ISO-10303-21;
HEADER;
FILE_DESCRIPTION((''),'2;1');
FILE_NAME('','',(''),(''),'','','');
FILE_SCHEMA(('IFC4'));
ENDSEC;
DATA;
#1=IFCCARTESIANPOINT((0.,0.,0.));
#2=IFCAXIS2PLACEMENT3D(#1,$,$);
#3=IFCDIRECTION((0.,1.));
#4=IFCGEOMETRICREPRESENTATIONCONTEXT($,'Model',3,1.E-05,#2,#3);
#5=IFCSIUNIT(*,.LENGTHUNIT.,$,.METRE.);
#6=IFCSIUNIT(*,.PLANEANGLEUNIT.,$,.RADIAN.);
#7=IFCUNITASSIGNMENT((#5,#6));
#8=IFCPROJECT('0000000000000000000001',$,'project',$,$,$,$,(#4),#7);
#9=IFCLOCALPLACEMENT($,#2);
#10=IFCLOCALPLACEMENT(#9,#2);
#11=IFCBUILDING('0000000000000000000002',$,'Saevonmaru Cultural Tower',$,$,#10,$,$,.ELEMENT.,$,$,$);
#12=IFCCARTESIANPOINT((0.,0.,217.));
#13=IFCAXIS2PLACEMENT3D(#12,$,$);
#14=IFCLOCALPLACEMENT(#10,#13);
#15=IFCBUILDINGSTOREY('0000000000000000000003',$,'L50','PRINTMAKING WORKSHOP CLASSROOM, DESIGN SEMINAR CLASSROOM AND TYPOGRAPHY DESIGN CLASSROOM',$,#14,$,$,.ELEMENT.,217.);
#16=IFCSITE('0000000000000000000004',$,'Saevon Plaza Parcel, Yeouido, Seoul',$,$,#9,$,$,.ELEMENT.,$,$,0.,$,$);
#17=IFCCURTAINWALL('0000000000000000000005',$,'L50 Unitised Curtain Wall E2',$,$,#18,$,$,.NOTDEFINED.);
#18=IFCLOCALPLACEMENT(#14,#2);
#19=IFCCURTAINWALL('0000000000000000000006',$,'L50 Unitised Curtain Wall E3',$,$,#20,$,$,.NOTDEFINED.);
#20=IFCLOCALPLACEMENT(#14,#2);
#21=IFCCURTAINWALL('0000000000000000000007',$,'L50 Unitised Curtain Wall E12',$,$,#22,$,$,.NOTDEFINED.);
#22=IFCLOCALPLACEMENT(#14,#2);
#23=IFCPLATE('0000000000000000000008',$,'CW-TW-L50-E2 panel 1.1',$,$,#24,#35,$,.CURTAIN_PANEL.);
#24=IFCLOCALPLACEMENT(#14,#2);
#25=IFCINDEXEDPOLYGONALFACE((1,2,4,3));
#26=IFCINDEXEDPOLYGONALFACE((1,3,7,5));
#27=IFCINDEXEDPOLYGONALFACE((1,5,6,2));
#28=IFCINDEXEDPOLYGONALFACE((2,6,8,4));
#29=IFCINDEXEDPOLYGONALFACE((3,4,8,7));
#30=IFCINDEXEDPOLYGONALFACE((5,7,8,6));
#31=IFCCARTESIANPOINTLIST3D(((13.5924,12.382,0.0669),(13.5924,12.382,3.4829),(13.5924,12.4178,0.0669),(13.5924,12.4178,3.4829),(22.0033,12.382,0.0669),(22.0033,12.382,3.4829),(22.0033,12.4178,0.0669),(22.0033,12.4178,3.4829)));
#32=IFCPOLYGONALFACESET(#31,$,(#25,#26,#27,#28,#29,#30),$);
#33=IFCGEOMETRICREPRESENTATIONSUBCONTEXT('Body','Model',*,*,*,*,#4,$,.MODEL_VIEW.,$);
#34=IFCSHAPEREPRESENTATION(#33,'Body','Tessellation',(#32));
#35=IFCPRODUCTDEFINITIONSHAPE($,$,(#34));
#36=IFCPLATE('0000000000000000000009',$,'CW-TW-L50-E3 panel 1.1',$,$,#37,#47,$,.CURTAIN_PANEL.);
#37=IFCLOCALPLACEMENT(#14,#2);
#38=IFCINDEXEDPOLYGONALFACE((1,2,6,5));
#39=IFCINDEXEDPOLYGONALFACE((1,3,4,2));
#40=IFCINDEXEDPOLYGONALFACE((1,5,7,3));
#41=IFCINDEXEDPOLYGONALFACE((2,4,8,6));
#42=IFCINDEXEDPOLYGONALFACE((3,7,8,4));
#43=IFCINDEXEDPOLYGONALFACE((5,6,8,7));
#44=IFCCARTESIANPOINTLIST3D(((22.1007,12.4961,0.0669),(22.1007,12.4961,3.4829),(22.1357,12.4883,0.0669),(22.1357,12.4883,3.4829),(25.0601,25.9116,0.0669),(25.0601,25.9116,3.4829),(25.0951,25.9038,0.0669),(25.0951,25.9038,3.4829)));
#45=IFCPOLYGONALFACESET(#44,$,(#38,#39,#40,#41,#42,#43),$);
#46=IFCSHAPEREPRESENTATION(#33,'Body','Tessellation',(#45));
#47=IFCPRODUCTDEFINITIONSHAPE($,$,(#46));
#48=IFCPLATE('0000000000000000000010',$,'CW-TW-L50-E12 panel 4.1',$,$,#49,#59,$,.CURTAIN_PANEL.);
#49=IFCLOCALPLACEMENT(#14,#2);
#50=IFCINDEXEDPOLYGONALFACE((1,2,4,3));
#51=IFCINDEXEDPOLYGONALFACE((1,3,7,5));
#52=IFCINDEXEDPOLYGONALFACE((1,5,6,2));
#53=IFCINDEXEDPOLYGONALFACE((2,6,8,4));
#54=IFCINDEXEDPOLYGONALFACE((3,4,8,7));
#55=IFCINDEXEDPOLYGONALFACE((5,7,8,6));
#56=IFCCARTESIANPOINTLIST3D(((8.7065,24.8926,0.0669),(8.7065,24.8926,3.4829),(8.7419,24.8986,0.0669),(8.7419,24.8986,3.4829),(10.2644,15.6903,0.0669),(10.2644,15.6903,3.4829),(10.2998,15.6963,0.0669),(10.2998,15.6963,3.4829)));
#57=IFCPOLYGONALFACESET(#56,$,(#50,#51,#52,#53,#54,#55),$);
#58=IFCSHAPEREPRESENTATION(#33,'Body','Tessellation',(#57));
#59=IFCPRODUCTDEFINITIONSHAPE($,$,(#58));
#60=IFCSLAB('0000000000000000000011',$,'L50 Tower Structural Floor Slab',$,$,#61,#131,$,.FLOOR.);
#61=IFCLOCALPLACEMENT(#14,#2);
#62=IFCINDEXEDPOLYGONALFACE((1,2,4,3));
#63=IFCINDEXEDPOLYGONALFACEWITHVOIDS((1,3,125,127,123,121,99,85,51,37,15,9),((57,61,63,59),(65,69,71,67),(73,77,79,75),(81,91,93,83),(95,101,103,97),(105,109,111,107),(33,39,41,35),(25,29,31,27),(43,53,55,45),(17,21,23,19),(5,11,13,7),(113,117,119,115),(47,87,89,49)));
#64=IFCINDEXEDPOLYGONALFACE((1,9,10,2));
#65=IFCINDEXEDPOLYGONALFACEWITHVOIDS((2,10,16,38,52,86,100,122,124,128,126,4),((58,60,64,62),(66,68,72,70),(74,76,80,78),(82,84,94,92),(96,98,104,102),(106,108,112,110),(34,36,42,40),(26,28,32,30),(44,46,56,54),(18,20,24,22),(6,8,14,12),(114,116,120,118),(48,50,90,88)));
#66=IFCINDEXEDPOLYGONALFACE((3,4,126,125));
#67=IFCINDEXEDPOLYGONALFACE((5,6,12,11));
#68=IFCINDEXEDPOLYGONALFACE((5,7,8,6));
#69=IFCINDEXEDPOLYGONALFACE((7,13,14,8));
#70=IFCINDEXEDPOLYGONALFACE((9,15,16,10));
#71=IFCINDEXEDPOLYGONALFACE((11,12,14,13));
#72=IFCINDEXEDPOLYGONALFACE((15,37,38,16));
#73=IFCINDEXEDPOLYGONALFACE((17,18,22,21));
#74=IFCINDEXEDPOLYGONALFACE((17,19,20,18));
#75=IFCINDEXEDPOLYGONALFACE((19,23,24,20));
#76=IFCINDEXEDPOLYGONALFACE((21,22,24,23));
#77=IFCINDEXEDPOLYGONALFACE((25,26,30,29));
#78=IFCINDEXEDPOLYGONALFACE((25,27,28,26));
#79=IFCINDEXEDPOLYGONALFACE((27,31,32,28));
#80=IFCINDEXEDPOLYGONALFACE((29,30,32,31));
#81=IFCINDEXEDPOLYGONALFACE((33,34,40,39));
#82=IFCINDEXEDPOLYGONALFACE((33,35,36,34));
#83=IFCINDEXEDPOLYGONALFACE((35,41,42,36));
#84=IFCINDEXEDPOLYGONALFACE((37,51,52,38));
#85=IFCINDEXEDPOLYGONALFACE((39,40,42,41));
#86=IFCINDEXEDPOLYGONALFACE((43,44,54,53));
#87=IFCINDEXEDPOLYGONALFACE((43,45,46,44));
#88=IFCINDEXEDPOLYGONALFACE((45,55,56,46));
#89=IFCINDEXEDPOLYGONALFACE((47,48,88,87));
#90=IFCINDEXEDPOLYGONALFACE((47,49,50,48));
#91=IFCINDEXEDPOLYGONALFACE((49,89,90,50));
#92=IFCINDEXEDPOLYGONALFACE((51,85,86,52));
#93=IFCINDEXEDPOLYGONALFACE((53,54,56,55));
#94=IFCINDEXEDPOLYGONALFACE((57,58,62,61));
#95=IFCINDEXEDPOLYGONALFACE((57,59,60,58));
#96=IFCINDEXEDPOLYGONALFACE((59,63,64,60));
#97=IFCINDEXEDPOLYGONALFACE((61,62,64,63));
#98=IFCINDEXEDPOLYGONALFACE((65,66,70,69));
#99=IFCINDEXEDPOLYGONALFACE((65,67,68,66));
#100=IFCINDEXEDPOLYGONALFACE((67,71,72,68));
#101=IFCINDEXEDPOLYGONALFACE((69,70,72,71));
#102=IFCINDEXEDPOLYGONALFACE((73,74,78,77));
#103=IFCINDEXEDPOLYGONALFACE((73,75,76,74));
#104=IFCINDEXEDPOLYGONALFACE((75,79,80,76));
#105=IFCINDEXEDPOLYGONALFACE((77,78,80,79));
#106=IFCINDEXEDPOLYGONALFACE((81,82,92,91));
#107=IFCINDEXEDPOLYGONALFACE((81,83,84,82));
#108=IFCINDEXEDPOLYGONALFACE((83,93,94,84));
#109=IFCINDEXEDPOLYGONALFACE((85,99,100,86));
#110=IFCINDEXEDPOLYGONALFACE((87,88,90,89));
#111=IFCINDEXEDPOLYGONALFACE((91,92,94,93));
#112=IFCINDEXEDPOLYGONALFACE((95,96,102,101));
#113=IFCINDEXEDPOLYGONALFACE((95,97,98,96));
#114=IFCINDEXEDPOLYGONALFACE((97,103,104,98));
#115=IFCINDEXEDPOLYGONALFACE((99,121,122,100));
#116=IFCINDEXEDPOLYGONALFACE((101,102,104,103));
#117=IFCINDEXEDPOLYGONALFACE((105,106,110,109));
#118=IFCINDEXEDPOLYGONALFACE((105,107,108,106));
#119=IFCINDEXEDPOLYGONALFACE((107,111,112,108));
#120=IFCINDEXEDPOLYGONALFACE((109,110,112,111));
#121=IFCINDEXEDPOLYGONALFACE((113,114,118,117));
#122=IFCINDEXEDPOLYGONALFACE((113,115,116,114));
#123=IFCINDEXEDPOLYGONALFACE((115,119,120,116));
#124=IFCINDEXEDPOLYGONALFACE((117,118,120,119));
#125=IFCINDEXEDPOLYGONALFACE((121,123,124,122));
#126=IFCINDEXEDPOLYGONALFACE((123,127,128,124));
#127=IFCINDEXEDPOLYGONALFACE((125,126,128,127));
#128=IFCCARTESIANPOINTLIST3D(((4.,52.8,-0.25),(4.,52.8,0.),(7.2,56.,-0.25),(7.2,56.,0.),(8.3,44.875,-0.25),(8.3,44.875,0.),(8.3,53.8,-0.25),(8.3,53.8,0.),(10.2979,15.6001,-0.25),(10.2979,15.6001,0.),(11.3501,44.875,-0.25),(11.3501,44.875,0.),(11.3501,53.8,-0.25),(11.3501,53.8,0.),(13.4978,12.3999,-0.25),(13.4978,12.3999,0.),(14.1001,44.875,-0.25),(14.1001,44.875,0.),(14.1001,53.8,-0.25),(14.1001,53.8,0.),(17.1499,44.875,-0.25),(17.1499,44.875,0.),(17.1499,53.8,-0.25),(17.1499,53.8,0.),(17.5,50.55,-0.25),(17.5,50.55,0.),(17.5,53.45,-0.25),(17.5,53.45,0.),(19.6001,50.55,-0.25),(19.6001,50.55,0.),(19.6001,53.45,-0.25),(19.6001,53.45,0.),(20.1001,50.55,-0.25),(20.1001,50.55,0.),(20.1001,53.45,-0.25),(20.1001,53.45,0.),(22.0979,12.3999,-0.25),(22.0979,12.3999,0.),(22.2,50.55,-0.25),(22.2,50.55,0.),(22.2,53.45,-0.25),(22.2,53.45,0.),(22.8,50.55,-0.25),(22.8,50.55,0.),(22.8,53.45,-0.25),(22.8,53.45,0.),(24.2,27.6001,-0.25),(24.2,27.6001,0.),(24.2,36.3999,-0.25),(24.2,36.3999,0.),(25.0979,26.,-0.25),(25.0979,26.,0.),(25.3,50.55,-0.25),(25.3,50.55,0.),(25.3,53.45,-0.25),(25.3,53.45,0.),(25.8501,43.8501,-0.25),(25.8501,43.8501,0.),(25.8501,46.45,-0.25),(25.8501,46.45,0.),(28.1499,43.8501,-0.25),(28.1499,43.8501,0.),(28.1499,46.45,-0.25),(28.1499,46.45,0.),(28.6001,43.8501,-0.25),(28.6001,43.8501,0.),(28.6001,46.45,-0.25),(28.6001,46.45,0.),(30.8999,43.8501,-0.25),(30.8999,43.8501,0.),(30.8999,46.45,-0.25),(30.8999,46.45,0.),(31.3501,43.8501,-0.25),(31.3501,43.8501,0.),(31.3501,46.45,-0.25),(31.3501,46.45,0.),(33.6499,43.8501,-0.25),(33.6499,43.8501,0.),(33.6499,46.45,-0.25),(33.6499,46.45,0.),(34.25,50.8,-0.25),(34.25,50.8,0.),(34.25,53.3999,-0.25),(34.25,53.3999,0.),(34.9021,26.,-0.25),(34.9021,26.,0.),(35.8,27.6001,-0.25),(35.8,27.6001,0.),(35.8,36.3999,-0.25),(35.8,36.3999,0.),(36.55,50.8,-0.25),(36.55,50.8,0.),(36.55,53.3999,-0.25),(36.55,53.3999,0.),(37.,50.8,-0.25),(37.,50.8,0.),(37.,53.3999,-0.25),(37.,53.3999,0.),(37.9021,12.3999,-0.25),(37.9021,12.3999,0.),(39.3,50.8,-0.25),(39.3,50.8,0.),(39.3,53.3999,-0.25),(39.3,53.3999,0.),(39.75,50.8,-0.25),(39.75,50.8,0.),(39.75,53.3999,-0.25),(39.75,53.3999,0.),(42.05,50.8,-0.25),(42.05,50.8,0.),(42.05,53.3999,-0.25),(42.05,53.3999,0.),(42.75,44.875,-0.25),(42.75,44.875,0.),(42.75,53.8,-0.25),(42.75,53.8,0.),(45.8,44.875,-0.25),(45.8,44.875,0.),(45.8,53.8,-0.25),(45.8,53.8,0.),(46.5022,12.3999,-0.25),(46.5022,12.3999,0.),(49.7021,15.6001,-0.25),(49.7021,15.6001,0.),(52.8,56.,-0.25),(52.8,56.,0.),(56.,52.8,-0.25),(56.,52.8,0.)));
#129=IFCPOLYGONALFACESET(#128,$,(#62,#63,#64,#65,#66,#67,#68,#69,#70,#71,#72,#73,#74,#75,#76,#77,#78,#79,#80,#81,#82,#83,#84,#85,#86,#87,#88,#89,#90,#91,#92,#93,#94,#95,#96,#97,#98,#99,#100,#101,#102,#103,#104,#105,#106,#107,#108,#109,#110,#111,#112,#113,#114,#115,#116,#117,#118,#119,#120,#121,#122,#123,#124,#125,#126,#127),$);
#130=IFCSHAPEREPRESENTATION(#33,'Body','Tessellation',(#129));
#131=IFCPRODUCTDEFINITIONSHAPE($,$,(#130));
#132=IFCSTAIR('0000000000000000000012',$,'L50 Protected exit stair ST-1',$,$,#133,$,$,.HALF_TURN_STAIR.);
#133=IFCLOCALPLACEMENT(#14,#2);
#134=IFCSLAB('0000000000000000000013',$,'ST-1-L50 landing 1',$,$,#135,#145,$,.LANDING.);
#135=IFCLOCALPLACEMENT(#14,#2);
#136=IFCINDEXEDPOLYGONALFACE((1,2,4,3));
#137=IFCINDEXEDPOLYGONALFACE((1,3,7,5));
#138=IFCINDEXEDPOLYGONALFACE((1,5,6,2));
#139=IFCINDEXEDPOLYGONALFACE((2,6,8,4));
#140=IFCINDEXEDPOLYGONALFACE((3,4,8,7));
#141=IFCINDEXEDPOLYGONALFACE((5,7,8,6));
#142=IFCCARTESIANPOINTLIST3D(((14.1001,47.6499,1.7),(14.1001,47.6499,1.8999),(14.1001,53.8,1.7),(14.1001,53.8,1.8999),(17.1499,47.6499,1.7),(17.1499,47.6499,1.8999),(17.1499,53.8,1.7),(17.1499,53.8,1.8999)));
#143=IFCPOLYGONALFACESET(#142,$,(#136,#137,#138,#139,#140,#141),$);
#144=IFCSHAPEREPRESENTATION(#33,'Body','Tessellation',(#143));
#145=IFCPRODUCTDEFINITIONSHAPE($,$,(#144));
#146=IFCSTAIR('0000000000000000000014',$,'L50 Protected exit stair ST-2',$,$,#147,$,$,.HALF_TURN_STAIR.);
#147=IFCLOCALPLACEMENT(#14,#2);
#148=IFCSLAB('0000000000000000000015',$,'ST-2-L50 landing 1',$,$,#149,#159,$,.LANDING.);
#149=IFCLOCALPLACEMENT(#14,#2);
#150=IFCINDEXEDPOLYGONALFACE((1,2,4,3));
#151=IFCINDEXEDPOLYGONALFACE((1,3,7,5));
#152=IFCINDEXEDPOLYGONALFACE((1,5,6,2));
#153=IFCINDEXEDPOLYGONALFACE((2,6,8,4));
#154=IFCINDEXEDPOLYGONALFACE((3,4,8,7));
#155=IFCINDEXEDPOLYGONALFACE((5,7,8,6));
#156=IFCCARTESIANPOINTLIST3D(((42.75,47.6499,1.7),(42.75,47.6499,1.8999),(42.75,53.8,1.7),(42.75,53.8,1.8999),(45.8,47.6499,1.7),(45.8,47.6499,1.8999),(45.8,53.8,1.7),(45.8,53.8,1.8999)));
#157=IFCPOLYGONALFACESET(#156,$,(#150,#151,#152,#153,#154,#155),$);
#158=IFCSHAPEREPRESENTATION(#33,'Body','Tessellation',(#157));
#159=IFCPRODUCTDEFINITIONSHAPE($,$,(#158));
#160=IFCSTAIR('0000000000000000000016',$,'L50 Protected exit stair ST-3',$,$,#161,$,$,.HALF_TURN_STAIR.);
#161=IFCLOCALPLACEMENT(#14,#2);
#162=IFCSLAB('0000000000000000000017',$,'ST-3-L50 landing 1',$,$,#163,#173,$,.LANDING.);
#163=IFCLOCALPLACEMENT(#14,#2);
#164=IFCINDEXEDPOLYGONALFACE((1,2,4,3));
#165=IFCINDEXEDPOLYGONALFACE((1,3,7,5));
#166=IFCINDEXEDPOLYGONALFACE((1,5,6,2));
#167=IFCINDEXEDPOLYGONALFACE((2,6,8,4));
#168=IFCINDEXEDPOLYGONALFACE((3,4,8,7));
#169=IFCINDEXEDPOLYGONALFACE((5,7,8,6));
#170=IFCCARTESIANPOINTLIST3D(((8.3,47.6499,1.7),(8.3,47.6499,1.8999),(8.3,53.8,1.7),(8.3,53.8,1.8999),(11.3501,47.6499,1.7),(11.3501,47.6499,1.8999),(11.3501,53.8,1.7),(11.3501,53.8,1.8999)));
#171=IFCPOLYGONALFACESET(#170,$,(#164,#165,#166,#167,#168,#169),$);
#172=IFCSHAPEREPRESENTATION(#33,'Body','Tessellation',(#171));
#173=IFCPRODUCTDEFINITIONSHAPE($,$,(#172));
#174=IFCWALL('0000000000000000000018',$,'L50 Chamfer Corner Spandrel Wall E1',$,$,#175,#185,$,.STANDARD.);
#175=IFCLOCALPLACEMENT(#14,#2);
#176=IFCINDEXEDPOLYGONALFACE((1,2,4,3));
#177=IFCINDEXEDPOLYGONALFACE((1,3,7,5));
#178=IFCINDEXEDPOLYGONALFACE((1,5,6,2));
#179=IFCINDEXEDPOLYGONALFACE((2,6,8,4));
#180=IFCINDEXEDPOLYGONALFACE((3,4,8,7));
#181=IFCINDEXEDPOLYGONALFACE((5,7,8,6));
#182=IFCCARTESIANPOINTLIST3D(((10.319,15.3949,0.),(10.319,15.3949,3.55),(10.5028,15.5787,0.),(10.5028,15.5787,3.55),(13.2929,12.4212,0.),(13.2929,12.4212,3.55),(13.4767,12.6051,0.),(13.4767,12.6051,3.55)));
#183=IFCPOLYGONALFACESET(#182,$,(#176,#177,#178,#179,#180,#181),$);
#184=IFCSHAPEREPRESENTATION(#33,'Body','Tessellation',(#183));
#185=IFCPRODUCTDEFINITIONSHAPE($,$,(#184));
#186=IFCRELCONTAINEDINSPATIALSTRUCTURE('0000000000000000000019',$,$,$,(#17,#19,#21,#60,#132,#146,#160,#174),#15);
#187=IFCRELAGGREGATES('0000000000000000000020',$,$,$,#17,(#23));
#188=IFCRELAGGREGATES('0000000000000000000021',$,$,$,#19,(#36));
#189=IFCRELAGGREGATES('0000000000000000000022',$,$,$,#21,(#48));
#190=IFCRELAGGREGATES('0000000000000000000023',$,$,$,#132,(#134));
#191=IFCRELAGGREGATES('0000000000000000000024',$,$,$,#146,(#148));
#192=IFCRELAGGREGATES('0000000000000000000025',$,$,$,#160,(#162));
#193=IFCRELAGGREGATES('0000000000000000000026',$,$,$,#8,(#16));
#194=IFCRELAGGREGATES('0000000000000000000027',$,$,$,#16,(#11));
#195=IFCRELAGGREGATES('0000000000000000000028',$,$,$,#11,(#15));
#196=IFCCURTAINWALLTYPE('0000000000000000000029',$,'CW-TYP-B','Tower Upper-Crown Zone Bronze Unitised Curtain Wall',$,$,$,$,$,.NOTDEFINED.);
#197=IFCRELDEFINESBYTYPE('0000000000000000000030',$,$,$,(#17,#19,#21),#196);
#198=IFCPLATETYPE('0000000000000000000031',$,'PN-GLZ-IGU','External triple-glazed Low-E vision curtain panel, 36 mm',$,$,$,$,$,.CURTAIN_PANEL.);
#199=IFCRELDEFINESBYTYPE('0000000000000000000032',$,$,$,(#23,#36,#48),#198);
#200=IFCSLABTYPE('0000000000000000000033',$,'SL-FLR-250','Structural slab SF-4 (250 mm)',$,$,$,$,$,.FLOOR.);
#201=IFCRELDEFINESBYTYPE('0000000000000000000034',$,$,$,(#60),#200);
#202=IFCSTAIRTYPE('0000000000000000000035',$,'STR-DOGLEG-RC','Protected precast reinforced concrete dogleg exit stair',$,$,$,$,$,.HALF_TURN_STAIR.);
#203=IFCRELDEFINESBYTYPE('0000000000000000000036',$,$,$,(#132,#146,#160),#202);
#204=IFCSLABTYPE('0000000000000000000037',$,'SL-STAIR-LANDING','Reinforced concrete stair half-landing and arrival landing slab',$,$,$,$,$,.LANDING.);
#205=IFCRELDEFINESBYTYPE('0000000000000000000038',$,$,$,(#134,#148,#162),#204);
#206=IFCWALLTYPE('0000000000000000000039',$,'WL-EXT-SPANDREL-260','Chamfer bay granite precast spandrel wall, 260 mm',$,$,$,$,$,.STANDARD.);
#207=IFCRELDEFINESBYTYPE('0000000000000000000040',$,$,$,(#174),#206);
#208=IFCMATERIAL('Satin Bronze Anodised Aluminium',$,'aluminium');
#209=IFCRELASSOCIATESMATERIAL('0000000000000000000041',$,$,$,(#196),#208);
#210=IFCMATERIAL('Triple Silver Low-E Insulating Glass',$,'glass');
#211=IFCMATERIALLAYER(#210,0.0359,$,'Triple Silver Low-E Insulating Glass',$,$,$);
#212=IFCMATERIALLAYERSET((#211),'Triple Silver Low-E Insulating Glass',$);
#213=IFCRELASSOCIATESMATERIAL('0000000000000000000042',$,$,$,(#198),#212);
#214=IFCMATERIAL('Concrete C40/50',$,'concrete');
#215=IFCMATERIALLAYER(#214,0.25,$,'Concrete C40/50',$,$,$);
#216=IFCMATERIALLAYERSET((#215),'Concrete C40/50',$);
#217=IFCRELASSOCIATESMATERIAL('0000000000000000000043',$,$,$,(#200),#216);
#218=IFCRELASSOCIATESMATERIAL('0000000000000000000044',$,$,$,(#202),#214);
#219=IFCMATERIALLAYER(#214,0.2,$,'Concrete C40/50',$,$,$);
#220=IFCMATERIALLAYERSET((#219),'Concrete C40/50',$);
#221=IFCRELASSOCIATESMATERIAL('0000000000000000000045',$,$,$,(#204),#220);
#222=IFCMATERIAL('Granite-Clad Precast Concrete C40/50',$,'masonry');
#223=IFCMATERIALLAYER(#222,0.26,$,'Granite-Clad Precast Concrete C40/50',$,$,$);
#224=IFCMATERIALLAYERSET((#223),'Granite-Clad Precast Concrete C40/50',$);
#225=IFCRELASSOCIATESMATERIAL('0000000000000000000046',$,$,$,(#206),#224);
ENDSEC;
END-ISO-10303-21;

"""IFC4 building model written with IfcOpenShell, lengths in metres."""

from ifc_helpers import new_model, si_unit, direction, frame, frame_2d, origin, origin_2d, place, context, subcontext, project, spatial, polyline, rectangle, outline, extrude, material, layer, layer_set, type_object, element, aggregate, save


model = new_model("IFC4")

# Units and contexts
model_context = context("Model", 3, precision=1e-05, world=origin(), true_north=direction((0.0, 1.0)))
body_context = subcontext(model_context, "Body", "Model", "MODEL_VIEW")
ifc_project = project(units=[si_unit("LENGTHUNIT", "METRE"), si_unit("PLANEANGLEUNIT", "RADIAN")], contexts=[model_context])

# Site, building, storey
site_placement = place(None, origin())
site = spatial("IfcSite", under=ifc_project, at=site_placement, Name="Saevon Plaza Parcel, Yeouido, Seoul", CompositionType="ELEMENT", RefElevation=0.0)
building_placement = place(site_placement, origin())
building = spatial("IfcBuilding", under=site, at=building_placement, Name="Saevonmaru Cultural Tower", CompositionType="ELEMENT")
storey_placement = place(building_placement, frame((0.0, 0.0, 217.0)))
storey = spatial("IfcBuildingStorey", under=building, at=storey_placement, Name="L50", Description="PRINTMAKING WORKSHOP CLASSROOM, DESIGN SEMINAR CLASSROOM AND TYPOGRAPHY DESIGN CLASSROOM", CompositionType="ELEMENT", Elevation=217.0)

# Curtain wall
ifc_material_1 = material(Name="Satin Bronze Anodised Aluminium", Category="aluminium")
curtain_wall_type = type_object("IfcCurtainWallType", Name="CW-TYP-B", Description="Tower Upper-Crown Zone Bronze Unitised Curtain Wall", PredefinedType="NOTDEFINED", material=ifc_material_1)
curtain_wall_1_placement = place(storey_placement, origin())
curtain_wall_1 = element("IfcCurtainWall", 1, at=curtain_wall_1_placement, inside=storey, type_object=curtain_wall_type, Name="L50 Unitised Curtain Wall E2", PredefinedType="NOTDEFINED")

# Curtain walls
curtain_wall_2_placement = place(storey_placement, origin())
curtain_wall_2 = element("IfcCurtainWall", 2, at=curtain_wall_2_placement, inside=storey, type_object=curtain_wall_type, Name="L50 Unitised Curtain Wall E3", PredefinedType="NOTDEFINED")
curtain_wall_3_placement = place(storey_placement, origin())
curtain_wall_3 = element("IfcCurtainWall", 3, at=curtain_wall_3_placement, inside=storey, type_object=curtain_wall_type, Name="L50 Unitised Curtain Wall E12", PredefinedType="NOTDEFINED")

# Plates
ifc_material_2 = material(Name="Triple Silver Low-E Insulating Glass", Category="glass")
ifc_layer_1 = layer(ifc_material_2, 0.0359, Name="Triple Silver Low-E Insulating Glass")
ifc_layer_set_1 = layer_set([ifc_layer_1], Name="Triple Silver Low-E Insulating Glass")
plate_type = type_object("IfcPlateType", Name="PN-GLZ-IGU", Description="External triple-glazed Low-E vision curtain panel, 36 mm", PredefinedType="CURTAIN_PANEL", material=ifc_layer_set_1)
plate_1_placement = place(storey_placement, frame((17.7979, 12.3999, 0.0669), z_axis=(0.0, 0.0, 1.0), x_axis=(1.0, 0.0, 0.0)))
plate_1 = element("IfcPlate", 4, at=plate_1_placement, type_object=plate_type, Name="CW-TW-L50-E2 panel 1.1", PredefinedType="CURTAIN_PANEL", context=body_context, shape_type="SweptSolid", body=[
    extrude(rectangle(XDim=8.4109, YDim=0.0359, at=origin_2d()), origin(), (0.0, 0.0, 1.0), 3.416),
])
aggregate(curtain_wall_1, [plate_1])
plate_2_placement = place(storey_placement, frame((23.5979, 19.2, 0.0669), z_axis=(0.0, 0.0, 1.0), x_axis=(0.215413, 0.976523, 0.0)))
plate_2 = element("IfcPlate", 5, at=plate_2_placement, type_object=plate_type, Name="CW-TW-L50-E3 panel 1.1", PredefinedType="CURTAIN_PANEL", context=body_context, shape_type="SweptSolid", body=[
    extrude(rectangle(XDim=13.738, YDim=0.0359, at=origin_2d()), origin(), (0.0, 0.0, 1.0), 3.416),
])
aggregate(curtain_wall_2, [plate_2])
plate_3_placement = place(storey_placement, frame((9.5032, 20.2944, 0.0669), z_axis=(0.0, 0.0, 1.0), x_axis=(0.166922, -0.98597, 0.0)))
plate_3 = element("IfcPlate", 6, at=plate_3_placement, type_object=plate_type, Name="CW-TW-L50-E12 panel 4.1", PredefinedType="CURTAIN_PANEL", context=body_context, shape_type="SweptSolid", body=[
    extrude(rectangle(XDim=9.3333, YDim=0.0359, at=origin_2d()), origin(), (0.0, 0.0, 1.0), 3.416),
])
aggregate(curtain_wall_3, [plate_3])

# Slab
ifc_material_3 = material(Name="Concrete C40/50", Category="concrete")
ifc_layer_2 = layer(ifc_material_3, 0.25, Name="Concrete C40/50")
ifc_layer_set_2 = layer_set([ifc_layer_2], Name="Concrete C40/50")
slab_type_1 = type_object("IfcSlabType", Name="SL-FLR-250", Description="Structural slab SF-4 (250 mm)", PredefinedType="FLOOR", material=ifc_layer_set_2)
slab_1_placement = place(storey_placement, frame((0.0, 0.0, -0.25)))
element("IfcSlab", 7, at=slab_1_placement, inside=storey, type_object=slab_type_1, Name="L50 Tower Structural Floor Slab", PredefinedType="FLOOR", context=body_context, shape_type="SweptSolid", body=[
    extrude(outline(polyline([(10.2979, 15.6001), (13.4978, 12.3999), (22.0979, 12.3999), (25.0979, 26.0), (34.9021, 26.0), (37.9021, 12.3999), (46.5022, 12.3999), (49.7021, 15.6001), (56.0, 52.8), (52.8, 56.0), (7.2, 56.0), (4.0, 52.8), (10.2979, 15.6001)]), holes=[polyline([(45.8, 44.875), (42.75, 44.875), (42.75, 53.8), (45.8, 53.8), (45.8, 44.875)]), polyline([(39.75, 50.8), (39.75, 53.3999), (42.05, 53.3999), (42.05, 50.8), (39.75, 50.8)]), polyline([(37.0, 50.8), (37.0, 53.3999), (39.3, 53.3999), (39.3, 50.8), (37.0, 50.8)]), polyline([(34.25, 50.8), (34.25, 53.3999), (36.55, 53.3999), (36.55, 50.8), (34.25, 50.8)]), polyline([(24.2, 27.6001), (24.2, 36.3999), (35.8, 36.3999), (35.8, 27.6001), (24.2, 27.6001)]), polyline([(31.3501, 43.8501), (31.3501, 46.45), (33.6499, 46.45), (33.6499, 43.8501), (31.3501, 43.8501)]), polyline([(28.6001, 43.8501), (28.6001, 46.45), (30.8999, 46.45), (30.8999, 43.8501), (28.6001, 43.8501)]), polyline([(28.1499, 43.8501), (25.8501, 43.8501), (25.8501, 46.45), (28.1499, 46.45), (28.1499, 43.8501)]), polyline([(25.3, 50.55), (22.8, 50.55), (22.8, 53.45), (25.3, 53.45), (25.3, 50.55)]), polyline([(20.1001, 50.55), (20.1001, 53.45), (22.2, 53.45), (22.2, 50.55), (20.1001, 50.55)]), polyline([(17.5, 50.55), (17.5, 53.45), (19.6001, 53.45), (19.6001, 50.55), (17.5, 50.55)]), polyline([(17.1499, 53.8), (17.1499, 44.875), (14.1001, 44.875), (14.1001, 53.8), (17.1499, 53.8)]), polyline([(11.3501, 44.875), (8.3, 44.875), (8.3, 53.8), (11.3501, 53.8), (11.3501, 44.875)])]), origin(), (0.0, 0.0, 1.0), 0.25),
])

# Stairs, slabs
stair_type = type_object("IfcStairType", Name="STR-DOGLEG-RC", Description="Protected precast reinforced concrete dogleg exit stair", PredefinedType="HALF_TURN_STAIR", material=ifc_material_3)
stair_1_placement = place(storey_placement, origin())
stair_1 = element("IfcStair", 8, at=stair_1_placement, inside=storey, type_object=stair_type, Name="L50 Protected exit stair ST-1", PredefinedType="HALF_TURN_STAIR")
ifc_layer_3 = layer(ifc_material_3, 0.2, Name="Concrete C40/50")
ifc_layer_set_3 = layer_set([ifc_layer_3], Name="Concrete C40/50")
slab_type_2 = type_object("IfcSlabType", Name="SL-STAIR-LANDING", Description="Reinforced concrete stair half-landing and arrival landing slab", PredefinedType="LANDING", material=ifc_layer_set_3)
slab_2_placement = place(storey_placement, frame((0.0, 0.0, 1.7)))
slab_2 = element("IfcSlab", 9, at=slab_2_placement, type_object=slab_type_2, Name="ST-1-L50 landing 1", PredefinedType="LANDING", context=body_context, shape_type="SweptSolid", body=[
    extrude(outline(polyline([(17.1499, 47.6499), (17.1499, 53.8), (14.1001, 53.8), (14.1001, 47.6499), (17.1499, 47.6499)])), origin(), (0.0, 0.0, 1.0), 0.2),
])
aggregate(stair_1, [slab_2])
stair_2_placement = place(storey_placement, origin())
stair_2 = element("IfcStair", 10, at=stair_2_placement, inside=storey, type_object=stair_type, Name="L50 Protected exit stair ST-2", PredefinedType="HALF_TURN_STAIR")
slab_3_placement = place(storey_placement, frame((0.0, 0.0, 1.7)))
slab_3 = element("IfcSlab", 11, at=slab_3_placement, type_object=slab_type_2, Name="ST-2-L50 landing 1", PredefinedType="LANDING", context=body_context, shape_type="SweptSolid", body=[
    extrude(outline(polyline([(45.8, 47.6499), (45.8, 53.8), (42.75, 53.8), (42.75, 47.6499), (45.8, 47.6499)])), origin(), (0.0, 0.0, 1.0), 0.2),
])
aggregate(stair_2, [slab_3])
stair_3_placement = place(storey_placement, origin())
stair_3 = element("IfcStair", 12, at=stair_3_placement, inside=storey, type_object=stair_type, Name="L50 Protected exit stair ST-3", PredefinedType="HALF_TURN_STAIR")
slab_4_placement = place(storey_placement, frame((0.0, 0.0, 1.7)))
slab_4 = element("IfcSlab", 13, at=slab_4_placement, type_object=slab_type_2, Name="ST-3-L50 landing 1", PredefinedType="LANDING", context=body_context, shape_type="SweptSolid", body=[
    extrude(outline(polyline([(11.3501, 47.6499), (11.3501, 53.8), (8.3, 53.8), (8.3, 47.6499), (11.3501, 47.6499)])), origin(), (0.0, 0.0, 1.0), 0.2),
])
aggregate(stair_3, [slab_4])

# Wall
ifc_material_4 = material(Name="Granite-Clad Precast Concrete C40/50", Category="masonry")
ifc_layer_4 = layer(ifc_material_4, 0.26, Name="Granite-Clad Precast Concrete C40/50")
ifc_layer_set_4 = layer_set([ifc_layer_4], Name="Granite-Clad Precast Concrete C40/50")
wall_type_1 = type_object("IfcWallType", Name="WL-EXT-SPANDREL-260", Description="Chamfer bay granite precast spandrel wall, 260 mm", PredefinedType="STANDARD", material=ifc_layer_set_4)
wall_1_placement = place(storey_placement, frame((10.4109, 15.4868, 0.0), z_axis=(0.0, 0.0, 1.0), x_axis=(0.707136, -0.707078, 0.0)))
element("IfcWall", 14, at=wall_1_placement, inside=storey, type_object=wall_type_1, Name="L50 Chamfer Corner Spandrel Wall E1", PredefinedType="STANDARD", context=body_context, shape_type="SweptSolid", body=[
    extrude(rectangle(XDim=4.2056, YDim=0.26, at=frame_2d((2.1028, 0.0))), origin(), (0.0, 0.0, 1.0), 3.55),
])

save(model, "model.ifc")
